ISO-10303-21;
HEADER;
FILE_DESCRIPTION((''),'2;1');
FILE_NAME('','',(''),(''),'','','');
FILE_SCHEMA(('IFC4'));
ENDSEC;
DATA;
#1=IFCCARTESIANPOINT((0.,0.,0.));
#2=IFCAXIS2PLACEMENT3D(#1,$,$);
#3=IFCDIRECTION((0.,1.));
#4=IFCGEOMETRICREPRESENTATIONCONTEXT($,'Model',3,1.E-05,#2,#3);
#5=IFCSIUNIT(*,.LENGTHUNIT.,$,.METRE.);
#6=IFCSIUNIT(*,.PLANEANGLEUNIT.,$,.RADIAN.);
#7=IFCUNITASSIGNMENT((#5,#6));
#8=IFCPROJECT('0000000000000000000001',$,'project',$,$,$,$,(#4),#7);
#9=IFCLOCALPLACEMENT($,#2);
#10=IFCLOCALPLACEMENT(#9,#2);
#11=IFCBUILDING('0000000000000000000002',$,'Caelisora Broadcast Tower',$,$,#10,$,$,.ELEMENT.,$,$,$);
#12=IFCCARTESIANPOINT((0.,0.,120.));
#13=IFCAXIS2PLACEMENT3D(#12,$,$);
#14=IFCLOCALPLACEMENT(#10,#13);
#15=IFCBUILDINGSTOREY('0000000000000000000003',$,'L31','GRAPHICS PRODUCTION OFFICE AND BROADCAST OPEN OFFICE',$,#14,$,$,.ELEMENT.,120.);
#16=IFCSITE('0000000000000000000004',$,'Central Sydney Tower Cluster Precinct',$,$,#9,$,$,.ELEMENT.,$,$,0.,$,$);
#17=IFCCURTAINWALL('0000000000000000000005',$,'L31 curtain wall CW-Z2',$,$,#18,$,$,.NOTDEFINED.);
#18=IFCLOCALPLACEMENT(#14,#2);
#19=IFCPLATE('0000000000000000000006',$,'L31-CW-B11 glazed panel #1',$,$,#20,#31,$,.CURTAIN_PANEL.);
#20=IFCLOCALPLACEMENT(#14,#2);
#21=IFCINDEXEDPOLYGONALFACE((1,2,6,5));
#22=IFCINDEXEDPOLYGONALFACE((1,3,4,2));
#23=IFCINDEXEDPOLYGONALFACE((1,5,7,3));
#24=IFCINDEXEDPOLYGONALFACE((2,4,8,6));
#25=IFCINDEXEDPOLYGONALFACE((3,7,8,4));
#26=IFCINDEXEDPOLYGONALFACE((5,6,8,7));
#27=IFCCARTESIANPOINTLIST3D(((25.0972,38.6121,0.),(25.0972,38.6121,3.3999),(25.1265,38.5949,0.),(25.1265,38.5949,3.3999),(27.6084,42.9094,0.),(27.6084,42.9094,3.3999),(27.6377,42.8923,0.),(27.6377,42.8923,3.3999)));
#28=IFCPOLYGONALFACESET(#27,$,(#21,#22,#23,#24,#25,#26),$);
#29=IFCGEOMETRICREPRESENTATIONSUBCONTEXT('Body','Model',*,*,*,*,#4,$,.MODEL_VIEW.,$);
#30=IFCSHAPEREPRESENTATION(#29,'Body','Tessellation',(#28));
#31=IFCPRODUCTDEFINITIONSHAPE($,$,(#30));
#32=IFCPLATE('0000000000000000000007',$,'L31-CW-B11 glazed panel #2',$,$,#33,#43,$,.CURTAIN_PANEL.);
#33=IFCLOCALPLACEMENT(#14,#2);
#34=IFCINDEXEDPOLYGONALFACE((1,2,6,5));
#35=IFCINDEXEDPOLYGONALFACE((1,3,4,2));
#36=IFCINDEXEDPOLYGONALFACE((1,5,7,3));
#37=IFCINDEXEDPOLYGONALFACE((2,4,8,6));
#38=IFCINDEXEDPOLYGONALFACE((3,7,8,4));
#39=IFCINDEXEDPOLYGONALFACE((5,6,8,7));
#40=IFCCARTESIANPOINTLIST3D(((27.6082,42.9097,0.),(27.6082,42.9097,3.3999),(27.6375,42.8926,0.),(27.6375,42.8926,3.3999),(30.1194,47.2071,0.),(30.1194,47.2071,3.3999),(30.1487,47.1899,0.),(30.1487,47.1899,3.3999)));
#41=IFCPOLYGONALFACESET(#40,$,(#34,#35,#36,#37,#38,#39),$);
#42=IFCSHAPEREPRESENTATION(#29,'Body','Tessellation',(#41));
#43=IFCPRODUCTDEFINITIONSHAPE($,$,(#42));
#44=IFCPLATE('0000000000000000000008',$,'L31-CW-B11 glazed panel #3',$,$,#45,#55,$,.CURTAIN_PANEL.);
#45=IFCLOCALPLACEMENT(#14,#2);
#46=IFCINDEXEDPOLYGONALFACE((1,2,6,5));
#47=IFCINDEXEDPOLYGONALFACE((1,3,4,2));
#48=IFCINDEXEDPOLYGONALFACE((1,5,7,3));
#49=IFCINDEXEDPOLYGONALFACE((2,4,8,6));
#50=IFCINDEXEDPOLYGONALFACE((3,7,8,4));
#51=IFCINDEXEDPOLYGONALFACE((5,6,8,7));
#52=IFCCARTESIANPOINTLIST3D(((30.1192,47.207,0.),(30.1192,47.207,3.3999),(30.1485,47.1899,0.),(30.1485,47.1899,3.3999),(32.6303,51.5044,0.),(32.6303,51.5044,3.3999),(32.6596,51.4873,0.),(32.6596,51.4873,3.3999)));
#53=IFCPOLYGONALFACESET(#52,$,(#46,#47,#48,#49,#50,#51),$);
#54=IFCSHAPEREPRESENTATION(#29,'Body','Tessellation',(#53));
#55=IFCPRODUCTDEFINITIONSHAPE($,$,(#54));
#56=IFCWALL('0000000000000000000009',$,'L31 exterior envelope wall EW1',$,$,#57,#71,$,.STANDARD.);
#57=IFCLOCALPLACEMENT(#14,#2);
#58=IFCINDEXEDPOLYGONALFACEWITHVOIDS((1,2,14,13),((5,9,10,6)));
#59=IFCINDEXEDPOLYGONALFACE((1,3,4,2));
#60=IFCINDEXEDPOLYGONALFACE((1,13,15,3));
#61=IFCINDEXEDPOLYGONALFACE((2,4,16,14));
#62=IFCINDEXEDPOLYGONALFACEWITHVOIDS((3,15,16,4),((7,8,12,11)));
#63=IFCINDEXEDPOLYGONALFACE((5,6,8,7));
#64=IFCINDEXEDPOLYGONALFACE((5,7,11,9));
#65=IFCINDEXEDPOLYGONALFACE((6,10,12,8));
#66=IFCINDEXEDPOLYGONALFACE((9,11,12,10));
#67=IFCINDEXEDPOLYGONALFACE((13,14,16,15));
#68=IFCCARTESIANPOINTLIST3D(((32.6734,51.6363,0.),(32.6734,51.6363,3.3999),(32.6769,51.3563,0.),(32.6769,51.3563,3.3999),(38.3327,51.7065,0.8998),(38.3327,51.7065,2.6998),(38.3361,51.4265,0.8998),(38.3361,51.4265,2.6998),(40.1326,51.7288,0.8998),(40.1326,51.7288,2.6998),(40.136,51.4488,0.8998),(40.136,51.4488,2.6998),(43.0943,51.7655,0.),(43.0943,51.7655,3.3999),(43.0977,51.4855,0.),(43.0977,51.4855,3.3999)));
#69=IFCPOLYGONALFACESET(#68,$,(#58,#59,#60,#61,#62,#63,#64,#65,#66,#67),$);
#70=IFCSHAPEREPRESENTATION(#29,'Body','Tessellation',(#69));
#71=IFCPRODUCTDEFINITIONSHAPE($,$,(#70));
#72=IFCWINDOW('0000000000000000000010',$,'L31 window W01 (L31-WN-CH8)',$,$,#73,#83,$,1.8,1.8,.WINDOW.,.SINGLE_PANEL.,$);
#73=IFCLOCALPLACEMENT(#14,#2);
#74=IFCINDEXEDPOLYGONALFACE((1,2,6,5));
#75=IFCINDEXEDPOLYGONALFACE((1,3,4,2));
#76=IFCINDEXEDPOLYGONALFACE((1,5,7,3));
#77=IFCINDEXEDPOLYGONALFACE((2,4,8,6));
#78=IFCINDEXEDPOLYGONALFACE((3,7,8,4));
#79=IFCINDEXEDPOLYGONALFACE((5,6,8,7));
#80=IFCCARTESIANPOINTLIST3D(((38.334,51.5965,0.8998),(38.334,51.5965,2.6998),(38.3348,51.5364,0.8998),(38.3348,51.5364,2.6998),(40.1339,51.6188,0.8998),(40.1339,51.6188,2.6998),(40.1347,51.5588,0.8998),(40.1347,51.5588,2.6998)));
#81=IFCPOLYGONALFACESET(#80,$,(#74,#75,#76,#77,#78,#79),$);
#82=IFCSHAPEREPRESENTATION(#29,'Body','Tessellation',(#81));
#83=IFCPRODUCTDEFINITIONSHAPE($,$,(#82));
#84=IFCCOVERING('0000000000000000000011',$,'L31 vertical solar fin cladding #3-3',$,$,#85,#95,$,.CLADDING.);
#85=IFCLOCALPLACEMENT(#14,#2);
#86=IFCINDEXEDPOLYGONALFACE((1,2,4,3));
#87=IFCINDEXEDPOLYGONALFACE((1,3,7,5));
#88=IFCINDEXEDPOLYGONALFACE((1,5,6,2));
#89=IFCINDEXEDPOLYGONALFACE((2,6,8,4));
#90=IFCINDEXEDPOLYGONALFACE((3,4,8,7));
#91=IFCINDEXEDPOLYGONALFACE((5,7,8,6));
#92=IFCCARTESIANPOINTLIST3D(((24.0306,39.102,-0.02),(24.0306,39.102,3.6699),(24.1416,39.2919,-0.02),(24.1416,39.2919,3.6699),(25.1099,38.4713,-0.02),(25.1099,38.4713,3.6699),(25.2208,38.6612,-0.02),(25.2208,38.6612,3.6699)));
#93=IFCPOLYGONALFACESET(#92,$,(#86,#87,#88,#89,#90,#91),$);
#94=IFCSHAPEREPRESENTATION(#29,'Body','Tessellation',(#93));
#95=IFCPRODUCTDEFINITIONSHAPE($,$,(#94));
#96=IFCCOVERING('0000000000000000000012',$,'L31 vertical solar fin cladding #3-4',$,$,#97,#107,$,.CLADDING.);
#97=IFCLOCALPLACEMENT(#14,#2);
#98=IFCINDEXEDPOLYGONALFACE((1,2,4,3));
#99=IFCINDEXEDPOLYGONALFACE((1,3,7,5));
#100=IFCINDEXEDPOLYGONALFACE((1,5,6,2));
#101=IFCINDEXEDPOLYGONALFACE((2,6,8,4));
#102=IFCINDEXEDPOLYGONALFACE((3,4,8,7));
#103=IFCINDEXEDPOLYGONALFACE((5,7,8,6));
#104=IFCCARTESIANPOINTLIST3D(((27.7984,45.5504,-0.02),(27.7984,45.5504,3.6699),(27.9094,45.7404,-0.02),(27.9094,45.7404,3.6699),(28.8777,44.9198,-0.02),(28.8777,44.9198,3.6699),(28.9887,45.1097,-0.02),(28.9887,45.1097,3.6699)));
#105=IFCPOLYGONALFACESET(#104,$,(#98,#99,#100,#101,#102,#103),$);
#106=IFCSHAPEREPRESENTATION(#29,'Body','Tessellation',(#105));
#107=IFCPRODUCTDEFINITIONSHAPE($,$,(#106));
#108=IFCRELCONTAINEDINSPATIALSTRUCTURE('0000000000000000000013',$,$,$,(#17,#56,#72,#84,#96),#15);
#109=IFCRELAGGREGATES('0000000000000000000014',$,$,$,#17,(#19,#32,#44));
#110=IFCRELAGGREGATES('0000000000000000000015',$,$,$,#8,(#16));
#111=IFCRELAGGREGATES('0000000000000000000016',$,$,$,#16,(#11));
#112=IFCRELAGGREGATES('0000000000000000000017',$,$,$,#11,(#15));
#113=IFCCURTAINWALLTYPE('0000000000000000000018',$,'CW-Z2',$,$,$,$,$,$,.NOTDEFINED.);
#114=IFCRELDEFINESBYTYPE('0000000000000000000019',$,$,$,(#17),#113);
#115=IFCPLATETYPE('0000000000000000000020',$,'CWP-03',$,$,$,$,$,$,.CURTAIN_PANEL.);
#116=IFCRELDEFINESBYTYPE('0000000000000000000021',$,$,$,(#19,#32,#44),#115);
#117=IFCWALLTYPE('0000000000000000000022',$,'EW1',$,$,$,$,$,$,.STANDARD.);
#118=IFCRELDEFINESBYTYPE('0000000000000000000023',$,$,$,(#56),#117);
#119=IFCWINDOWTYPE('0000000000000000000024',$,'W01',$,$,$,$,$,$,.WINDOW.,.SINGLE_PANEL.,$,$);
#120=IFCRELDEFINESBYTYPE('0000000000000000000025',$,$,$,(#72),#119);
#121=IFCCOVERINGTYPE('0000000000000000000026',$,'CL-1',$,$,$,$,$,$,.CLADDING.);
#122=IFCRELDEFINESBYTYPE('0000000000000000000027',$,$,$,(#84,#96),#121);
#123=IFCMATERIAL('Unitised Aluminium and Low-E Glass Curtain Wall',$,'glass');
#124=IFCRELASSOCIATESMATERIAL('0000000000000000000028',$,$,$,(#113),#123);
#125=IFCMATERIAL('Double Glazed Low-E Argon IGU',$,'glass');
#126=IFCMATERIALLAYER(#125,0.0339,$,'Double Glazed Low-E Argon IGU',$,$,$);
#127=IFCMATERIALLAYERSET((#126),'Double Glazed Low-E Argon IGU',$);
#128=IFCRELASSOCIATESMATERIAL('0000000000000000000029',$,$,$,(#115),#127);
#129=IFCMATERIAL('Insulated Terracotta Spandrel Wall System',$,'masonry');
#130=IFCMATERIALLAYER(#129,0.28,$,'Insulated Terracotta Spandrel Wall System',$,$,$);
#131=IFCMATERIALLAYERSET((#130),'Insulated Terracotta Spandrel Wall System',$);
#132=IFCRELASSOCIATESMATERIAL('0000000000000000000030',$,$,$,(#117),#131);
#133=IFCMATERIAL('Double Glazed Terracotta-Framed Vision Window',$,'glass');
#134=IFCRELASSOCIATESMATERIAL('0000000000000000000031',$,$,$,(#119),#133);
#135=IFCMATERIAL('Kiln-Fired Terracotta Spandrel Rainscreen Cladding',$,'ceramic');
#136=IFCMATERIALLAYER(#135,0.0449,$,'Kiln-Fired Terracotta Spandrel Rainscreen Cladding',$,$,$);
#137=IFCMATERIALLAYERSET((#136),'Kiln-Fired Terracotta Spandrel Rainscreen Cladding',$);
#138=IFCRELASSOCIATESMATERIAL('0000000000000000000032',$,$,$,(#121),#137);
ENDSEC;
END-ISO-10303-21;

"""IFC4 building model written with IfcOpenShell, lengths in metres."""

from ifc_helpers import new_model, si_unit, direction, frame, frame_2d, origin, origin_2d, place, context, subcontext, project, spatial, rectangle, extrude, source, transform, mapped, material, layer, layer_set, type_object, type_shapes, element, fill, aggregate, save


model = new_model("IFC4")

# Units and contexts
model_context = context("Model", 3, precision=1e-05, world=origin(), true_north=direction((0.0, 1.0)))
body_context = subcontext(model_context, "Body", "Model", "MODEL_VIEW")
ifc_project = project(units=[si_unit("LENGTHUNIT", "METRE"), si_unit("PLANEANGLEUNIT", "RADIAN")], contexts=[model_context])

# Site, building, storey
site_placement = place(None, origin())
site = spatial("IfcSite", under=ifc_project, at=site_placement, Name="Central Sydney Tower Cluster Precinct", CompositionType="ELEMENT", RefElevation=0.0)
building_placement = place(site_placement, origin())
building = spatial("IfcBuilding", under=site, at=building_placement, Name="Caelisora Broadcast Tower", CompositionType="ELEMENT")
storey_placement = place(building_placement, frame((0.0, 0.0, 120.0)))
storey = spatial("IfcBuildingStorey", under=building, at=storey_placement, Name="L31", Description="GRAPHICS PRODUCTION OFFICE AND BROADCAST OPEN OFFICE", CompositionType="ELEMENT", Elevation=120.0)

# Curtain wall
ifc_material_1 = material(Name="Unitised Aluminium and Low-E Glass Curtain Wall", Category="glass")
curtain_wall_type_1 = type_object("IfcCurtainWallType", Name="CW-Z2", PredefinedType="NOTDEFINED", material=ifc_material_1)
curtain_wall_1_placement = place(storey_placement, origin())
curtain_wall_1 = element("IfcCurtainWall", 1, at=curtain_wall_1_placement, inside=storey, type_object=curtain_wall_type_1, Name="L31 curtain wall CW-Z2", PredefinedType="NOTDEFINED")

# Plates
ifc_material_2 = material(Name="Double Glazed Low-E Argon IGU", Category="glass")
ifc_layer_1 = layer(ifc_material_2, 0.0339, Name="Double Glazed Low-E Argon IGU")
ifc_layer_set_1 = layer_set([ifc_layer_1], Name="Double Glazed Low-E Argon IGU")
plate_type_1 = type_object("IfcPlateType", Name="CWP-03", PredefinedType="CURTAIN_PANEL", material=ifc_layer_set_1)
shared_shape_1 = source(origin(), body_context, "Body", "SweptSolid", [
    extrude(rectangle(XDim=4.9773, YDim=0.0339, at=origin_2d()), origin(), (0.0, 0.0, 1.0), 3.3999),
])
type_shapes(plate_type_1, [shared_shape_1])
plate_1_placement = place(storey_placement, frame((26.3674, 40.7522, 0.0), z_axis=(0.0, 0.0, 1.0), x_axis=(0.504528, 0.863396, 0.0)))
plate_1 = element("IfcPlate", 2, at=plate_1_placement, type_object=plate_type_1, Name="L31-CW-B11 glazed panel #1", PredefinedType="CURTAIN_PANEL", context=body_context, shape_type="MappedRepresentation", body=[
    mapped(shared_shape_1, transform((0.0, 0.0, 0.0), scale=1.0)),
])
plate_2_placement = place(storey_placement, frame((28.8784, 45.0498, 0.0), z_axis=(0.0, 0.0, 1.0), x_axis=(0.504528, 0.863396, 0.0)))
plate_2 = element("IfcPlate", 3, at=plate_2_placement, type_object=plate_type_1, Name="L31-CW-B11 glazed panel #2", PredefinedType="CURTAIN_PANEL", context=body_context, shape_type="MappedRepresentation", body=[
    mapped(shared_shape_1, transform((0.0, 0.0, 0.0), scale=1.0)),
])
plate_3_placement = place(storey_placement, frame((31.3894, 49.3472, 0.0), z_axis=(0.0, 0.0, 1.0), x_axis=(0.504528, 0.863396, 0.0)))
plate_3 = element("IfcPlate", 4, at=plate_3_placement, type_object=plate_type_1, Name="L31-CW-B11 glazed panel #3", PredefinedType="CURTAIN_PANEL", context=body_context, shape_type="MappedRepresentation", body=[
    mapped(shared_shape_1, transform((0.0, 0.0, 0.0), scale=1.0)),
])
aggregate(curtain_wall_1, [plate_1, plate_2, plate_3])

# Wall, opening, window
ifc_material_3 = material(Name="Insulated Terracotta Spandrel Wall System", Category="masonry")
ifc_layer_2 = layer(ifc_material_3, 0.28, Name="Insulated Terracotta Spandrel Wall System")
ifc_layer_set_2 = layer_set([ifc_layer_2], Name="Insulated Terracotta Spandrel Wall System")
wall_type = type_object("IfcWallType", Name="EW1", PredefinedType="STANDARD", material=ifc_layer_set_2)
wall_placement = place(storey_placement, frame((32.675, 51.4963, 0.0), z_axis=(0.0, 0.0, 1.0), x_axis=(0.999923, 0.012392, 0.0)))
wall = element("IfcWall", 5, at=wall_placement, inside=storey, type_object=wall_type, Name="L31 exterior envelope wall EW1", PredefinedType="STANDARD", context=body_context, shape_type="SweptSolid", body=[
    extrude(rectangle(XDim=10.4216, YDim=0.28, at=frame_2d((5.2109, 0.0))), origin(), (0.0, 0.0, 1.0), 3.3999),
])
opening_placement = place(wall_placement, frame((5.6599, 0.0, 0.8999)))
opening = element("IfcOpeningElement", 6, at=opening_placement, cuts=wall, PredefinedType="OPENING", context=body_context, shape_type="SweptSolid", body=[
    extrude(rectangle(XDim=1.8, YDim=1.8, at=frame_2d((0.8999, 0.8999))), frame((0.0, 0.1521, 0.0), z_axis=(0.0, -1.0, 0.0), x_axis=(1.0, 0.0, 0.0)), (0.0, 0.0, 1.0), 0.304),
])
ifc_material_4 = material(Name="Double Glazed Terracotta-Framed Vision Window", Category="glass")
window_type = type_object("IfcWindowType", Name="W01", PartitioningType="SINGLE_PANEL", PredefinedType="WINDOW", material=ifc_material_4)
window_placement = place(opening_placement, origin())
window = element("IfcWindow", 7, at=window_placement, inside=storey, type_object=window_type, Name="L31 window W01 (L31-WN-CH8)", OverallHeight=1.8, OverallWidth=1.8, PartitioningType="SINGLE_PANEL", PredefinedType="WINDOW", context=body_context, shape_type="SweptSolid", body=[
    extrude(rectangle(XDim=1.8, YDim=1.8, at=frame_2d((0.8999, 0.8999))), frame((0.0, 0.03, 0.0), z_axis=(0.0, -1.0, 0.0), x_axis=(1.0, 0.0, 0.0)), (0.0, 0.0, 1.0), 0.0601),
])
fill(opening, window)

# Coverings
ifc_material_5 = material(Name="Kiln-Fired Terracotta Spandrel Rainscreen Cladding", Category="ceramic")
ifc_layer_3 = layer(ifc_material_5, 0.0449, Name="Kiln-Fired Terracotta Spandrel Rainscreen Cladding")
ifc_layer_set_3 = layer_set([ifc_layer_3], Name="Kiln-Fired Terracotta Spandrel Rainscreen Cladding")
covering_type = type_object("IfcCoveringType", Name="CL-1", PredefinedType="CLADDING", material=ifc_layer_set_3)
shared_shape_2 = source(origin(), body_context, "Body", "SweptSolid", [
    extrude(rectangle(XDim=0.22, YDim=1.25, at=origin_2d()), origin(), (0.0, 0.0, 1.0), 3.6899),
])
type_shapes(covering_type, [shared_shape_2])
for number, where, z_axis, x_axis, name in (
    (8, (24.6257, 38.8816, -0.02), (0.0, 0.0, 1.0), (0.504528, 0.863396, 0.0), "L31 vertical solar fin cladding #3-3"),
    (9, (28.3936, 45.3301, -0.02), (0.0, 0.0, 1.0), (0.504528, 0.863396, 0.0), "L31 vertical solar fin cladding #3-4"),
):
    element("IfcCovering", number, at=place(storey_placement, frame(where, z_axis=z_axis, x_axis=x_axis)), inside=storey, type_object=covering_type, Name=name, PredefinedType="CLADDING", context=body_context, shape_type="MappedRepresentation", body=[
        mapped(shared_shape_2, transform((0.0, 0.0, 0.0), scale=1.0)),
    ])

save(model, "model.ifc")
